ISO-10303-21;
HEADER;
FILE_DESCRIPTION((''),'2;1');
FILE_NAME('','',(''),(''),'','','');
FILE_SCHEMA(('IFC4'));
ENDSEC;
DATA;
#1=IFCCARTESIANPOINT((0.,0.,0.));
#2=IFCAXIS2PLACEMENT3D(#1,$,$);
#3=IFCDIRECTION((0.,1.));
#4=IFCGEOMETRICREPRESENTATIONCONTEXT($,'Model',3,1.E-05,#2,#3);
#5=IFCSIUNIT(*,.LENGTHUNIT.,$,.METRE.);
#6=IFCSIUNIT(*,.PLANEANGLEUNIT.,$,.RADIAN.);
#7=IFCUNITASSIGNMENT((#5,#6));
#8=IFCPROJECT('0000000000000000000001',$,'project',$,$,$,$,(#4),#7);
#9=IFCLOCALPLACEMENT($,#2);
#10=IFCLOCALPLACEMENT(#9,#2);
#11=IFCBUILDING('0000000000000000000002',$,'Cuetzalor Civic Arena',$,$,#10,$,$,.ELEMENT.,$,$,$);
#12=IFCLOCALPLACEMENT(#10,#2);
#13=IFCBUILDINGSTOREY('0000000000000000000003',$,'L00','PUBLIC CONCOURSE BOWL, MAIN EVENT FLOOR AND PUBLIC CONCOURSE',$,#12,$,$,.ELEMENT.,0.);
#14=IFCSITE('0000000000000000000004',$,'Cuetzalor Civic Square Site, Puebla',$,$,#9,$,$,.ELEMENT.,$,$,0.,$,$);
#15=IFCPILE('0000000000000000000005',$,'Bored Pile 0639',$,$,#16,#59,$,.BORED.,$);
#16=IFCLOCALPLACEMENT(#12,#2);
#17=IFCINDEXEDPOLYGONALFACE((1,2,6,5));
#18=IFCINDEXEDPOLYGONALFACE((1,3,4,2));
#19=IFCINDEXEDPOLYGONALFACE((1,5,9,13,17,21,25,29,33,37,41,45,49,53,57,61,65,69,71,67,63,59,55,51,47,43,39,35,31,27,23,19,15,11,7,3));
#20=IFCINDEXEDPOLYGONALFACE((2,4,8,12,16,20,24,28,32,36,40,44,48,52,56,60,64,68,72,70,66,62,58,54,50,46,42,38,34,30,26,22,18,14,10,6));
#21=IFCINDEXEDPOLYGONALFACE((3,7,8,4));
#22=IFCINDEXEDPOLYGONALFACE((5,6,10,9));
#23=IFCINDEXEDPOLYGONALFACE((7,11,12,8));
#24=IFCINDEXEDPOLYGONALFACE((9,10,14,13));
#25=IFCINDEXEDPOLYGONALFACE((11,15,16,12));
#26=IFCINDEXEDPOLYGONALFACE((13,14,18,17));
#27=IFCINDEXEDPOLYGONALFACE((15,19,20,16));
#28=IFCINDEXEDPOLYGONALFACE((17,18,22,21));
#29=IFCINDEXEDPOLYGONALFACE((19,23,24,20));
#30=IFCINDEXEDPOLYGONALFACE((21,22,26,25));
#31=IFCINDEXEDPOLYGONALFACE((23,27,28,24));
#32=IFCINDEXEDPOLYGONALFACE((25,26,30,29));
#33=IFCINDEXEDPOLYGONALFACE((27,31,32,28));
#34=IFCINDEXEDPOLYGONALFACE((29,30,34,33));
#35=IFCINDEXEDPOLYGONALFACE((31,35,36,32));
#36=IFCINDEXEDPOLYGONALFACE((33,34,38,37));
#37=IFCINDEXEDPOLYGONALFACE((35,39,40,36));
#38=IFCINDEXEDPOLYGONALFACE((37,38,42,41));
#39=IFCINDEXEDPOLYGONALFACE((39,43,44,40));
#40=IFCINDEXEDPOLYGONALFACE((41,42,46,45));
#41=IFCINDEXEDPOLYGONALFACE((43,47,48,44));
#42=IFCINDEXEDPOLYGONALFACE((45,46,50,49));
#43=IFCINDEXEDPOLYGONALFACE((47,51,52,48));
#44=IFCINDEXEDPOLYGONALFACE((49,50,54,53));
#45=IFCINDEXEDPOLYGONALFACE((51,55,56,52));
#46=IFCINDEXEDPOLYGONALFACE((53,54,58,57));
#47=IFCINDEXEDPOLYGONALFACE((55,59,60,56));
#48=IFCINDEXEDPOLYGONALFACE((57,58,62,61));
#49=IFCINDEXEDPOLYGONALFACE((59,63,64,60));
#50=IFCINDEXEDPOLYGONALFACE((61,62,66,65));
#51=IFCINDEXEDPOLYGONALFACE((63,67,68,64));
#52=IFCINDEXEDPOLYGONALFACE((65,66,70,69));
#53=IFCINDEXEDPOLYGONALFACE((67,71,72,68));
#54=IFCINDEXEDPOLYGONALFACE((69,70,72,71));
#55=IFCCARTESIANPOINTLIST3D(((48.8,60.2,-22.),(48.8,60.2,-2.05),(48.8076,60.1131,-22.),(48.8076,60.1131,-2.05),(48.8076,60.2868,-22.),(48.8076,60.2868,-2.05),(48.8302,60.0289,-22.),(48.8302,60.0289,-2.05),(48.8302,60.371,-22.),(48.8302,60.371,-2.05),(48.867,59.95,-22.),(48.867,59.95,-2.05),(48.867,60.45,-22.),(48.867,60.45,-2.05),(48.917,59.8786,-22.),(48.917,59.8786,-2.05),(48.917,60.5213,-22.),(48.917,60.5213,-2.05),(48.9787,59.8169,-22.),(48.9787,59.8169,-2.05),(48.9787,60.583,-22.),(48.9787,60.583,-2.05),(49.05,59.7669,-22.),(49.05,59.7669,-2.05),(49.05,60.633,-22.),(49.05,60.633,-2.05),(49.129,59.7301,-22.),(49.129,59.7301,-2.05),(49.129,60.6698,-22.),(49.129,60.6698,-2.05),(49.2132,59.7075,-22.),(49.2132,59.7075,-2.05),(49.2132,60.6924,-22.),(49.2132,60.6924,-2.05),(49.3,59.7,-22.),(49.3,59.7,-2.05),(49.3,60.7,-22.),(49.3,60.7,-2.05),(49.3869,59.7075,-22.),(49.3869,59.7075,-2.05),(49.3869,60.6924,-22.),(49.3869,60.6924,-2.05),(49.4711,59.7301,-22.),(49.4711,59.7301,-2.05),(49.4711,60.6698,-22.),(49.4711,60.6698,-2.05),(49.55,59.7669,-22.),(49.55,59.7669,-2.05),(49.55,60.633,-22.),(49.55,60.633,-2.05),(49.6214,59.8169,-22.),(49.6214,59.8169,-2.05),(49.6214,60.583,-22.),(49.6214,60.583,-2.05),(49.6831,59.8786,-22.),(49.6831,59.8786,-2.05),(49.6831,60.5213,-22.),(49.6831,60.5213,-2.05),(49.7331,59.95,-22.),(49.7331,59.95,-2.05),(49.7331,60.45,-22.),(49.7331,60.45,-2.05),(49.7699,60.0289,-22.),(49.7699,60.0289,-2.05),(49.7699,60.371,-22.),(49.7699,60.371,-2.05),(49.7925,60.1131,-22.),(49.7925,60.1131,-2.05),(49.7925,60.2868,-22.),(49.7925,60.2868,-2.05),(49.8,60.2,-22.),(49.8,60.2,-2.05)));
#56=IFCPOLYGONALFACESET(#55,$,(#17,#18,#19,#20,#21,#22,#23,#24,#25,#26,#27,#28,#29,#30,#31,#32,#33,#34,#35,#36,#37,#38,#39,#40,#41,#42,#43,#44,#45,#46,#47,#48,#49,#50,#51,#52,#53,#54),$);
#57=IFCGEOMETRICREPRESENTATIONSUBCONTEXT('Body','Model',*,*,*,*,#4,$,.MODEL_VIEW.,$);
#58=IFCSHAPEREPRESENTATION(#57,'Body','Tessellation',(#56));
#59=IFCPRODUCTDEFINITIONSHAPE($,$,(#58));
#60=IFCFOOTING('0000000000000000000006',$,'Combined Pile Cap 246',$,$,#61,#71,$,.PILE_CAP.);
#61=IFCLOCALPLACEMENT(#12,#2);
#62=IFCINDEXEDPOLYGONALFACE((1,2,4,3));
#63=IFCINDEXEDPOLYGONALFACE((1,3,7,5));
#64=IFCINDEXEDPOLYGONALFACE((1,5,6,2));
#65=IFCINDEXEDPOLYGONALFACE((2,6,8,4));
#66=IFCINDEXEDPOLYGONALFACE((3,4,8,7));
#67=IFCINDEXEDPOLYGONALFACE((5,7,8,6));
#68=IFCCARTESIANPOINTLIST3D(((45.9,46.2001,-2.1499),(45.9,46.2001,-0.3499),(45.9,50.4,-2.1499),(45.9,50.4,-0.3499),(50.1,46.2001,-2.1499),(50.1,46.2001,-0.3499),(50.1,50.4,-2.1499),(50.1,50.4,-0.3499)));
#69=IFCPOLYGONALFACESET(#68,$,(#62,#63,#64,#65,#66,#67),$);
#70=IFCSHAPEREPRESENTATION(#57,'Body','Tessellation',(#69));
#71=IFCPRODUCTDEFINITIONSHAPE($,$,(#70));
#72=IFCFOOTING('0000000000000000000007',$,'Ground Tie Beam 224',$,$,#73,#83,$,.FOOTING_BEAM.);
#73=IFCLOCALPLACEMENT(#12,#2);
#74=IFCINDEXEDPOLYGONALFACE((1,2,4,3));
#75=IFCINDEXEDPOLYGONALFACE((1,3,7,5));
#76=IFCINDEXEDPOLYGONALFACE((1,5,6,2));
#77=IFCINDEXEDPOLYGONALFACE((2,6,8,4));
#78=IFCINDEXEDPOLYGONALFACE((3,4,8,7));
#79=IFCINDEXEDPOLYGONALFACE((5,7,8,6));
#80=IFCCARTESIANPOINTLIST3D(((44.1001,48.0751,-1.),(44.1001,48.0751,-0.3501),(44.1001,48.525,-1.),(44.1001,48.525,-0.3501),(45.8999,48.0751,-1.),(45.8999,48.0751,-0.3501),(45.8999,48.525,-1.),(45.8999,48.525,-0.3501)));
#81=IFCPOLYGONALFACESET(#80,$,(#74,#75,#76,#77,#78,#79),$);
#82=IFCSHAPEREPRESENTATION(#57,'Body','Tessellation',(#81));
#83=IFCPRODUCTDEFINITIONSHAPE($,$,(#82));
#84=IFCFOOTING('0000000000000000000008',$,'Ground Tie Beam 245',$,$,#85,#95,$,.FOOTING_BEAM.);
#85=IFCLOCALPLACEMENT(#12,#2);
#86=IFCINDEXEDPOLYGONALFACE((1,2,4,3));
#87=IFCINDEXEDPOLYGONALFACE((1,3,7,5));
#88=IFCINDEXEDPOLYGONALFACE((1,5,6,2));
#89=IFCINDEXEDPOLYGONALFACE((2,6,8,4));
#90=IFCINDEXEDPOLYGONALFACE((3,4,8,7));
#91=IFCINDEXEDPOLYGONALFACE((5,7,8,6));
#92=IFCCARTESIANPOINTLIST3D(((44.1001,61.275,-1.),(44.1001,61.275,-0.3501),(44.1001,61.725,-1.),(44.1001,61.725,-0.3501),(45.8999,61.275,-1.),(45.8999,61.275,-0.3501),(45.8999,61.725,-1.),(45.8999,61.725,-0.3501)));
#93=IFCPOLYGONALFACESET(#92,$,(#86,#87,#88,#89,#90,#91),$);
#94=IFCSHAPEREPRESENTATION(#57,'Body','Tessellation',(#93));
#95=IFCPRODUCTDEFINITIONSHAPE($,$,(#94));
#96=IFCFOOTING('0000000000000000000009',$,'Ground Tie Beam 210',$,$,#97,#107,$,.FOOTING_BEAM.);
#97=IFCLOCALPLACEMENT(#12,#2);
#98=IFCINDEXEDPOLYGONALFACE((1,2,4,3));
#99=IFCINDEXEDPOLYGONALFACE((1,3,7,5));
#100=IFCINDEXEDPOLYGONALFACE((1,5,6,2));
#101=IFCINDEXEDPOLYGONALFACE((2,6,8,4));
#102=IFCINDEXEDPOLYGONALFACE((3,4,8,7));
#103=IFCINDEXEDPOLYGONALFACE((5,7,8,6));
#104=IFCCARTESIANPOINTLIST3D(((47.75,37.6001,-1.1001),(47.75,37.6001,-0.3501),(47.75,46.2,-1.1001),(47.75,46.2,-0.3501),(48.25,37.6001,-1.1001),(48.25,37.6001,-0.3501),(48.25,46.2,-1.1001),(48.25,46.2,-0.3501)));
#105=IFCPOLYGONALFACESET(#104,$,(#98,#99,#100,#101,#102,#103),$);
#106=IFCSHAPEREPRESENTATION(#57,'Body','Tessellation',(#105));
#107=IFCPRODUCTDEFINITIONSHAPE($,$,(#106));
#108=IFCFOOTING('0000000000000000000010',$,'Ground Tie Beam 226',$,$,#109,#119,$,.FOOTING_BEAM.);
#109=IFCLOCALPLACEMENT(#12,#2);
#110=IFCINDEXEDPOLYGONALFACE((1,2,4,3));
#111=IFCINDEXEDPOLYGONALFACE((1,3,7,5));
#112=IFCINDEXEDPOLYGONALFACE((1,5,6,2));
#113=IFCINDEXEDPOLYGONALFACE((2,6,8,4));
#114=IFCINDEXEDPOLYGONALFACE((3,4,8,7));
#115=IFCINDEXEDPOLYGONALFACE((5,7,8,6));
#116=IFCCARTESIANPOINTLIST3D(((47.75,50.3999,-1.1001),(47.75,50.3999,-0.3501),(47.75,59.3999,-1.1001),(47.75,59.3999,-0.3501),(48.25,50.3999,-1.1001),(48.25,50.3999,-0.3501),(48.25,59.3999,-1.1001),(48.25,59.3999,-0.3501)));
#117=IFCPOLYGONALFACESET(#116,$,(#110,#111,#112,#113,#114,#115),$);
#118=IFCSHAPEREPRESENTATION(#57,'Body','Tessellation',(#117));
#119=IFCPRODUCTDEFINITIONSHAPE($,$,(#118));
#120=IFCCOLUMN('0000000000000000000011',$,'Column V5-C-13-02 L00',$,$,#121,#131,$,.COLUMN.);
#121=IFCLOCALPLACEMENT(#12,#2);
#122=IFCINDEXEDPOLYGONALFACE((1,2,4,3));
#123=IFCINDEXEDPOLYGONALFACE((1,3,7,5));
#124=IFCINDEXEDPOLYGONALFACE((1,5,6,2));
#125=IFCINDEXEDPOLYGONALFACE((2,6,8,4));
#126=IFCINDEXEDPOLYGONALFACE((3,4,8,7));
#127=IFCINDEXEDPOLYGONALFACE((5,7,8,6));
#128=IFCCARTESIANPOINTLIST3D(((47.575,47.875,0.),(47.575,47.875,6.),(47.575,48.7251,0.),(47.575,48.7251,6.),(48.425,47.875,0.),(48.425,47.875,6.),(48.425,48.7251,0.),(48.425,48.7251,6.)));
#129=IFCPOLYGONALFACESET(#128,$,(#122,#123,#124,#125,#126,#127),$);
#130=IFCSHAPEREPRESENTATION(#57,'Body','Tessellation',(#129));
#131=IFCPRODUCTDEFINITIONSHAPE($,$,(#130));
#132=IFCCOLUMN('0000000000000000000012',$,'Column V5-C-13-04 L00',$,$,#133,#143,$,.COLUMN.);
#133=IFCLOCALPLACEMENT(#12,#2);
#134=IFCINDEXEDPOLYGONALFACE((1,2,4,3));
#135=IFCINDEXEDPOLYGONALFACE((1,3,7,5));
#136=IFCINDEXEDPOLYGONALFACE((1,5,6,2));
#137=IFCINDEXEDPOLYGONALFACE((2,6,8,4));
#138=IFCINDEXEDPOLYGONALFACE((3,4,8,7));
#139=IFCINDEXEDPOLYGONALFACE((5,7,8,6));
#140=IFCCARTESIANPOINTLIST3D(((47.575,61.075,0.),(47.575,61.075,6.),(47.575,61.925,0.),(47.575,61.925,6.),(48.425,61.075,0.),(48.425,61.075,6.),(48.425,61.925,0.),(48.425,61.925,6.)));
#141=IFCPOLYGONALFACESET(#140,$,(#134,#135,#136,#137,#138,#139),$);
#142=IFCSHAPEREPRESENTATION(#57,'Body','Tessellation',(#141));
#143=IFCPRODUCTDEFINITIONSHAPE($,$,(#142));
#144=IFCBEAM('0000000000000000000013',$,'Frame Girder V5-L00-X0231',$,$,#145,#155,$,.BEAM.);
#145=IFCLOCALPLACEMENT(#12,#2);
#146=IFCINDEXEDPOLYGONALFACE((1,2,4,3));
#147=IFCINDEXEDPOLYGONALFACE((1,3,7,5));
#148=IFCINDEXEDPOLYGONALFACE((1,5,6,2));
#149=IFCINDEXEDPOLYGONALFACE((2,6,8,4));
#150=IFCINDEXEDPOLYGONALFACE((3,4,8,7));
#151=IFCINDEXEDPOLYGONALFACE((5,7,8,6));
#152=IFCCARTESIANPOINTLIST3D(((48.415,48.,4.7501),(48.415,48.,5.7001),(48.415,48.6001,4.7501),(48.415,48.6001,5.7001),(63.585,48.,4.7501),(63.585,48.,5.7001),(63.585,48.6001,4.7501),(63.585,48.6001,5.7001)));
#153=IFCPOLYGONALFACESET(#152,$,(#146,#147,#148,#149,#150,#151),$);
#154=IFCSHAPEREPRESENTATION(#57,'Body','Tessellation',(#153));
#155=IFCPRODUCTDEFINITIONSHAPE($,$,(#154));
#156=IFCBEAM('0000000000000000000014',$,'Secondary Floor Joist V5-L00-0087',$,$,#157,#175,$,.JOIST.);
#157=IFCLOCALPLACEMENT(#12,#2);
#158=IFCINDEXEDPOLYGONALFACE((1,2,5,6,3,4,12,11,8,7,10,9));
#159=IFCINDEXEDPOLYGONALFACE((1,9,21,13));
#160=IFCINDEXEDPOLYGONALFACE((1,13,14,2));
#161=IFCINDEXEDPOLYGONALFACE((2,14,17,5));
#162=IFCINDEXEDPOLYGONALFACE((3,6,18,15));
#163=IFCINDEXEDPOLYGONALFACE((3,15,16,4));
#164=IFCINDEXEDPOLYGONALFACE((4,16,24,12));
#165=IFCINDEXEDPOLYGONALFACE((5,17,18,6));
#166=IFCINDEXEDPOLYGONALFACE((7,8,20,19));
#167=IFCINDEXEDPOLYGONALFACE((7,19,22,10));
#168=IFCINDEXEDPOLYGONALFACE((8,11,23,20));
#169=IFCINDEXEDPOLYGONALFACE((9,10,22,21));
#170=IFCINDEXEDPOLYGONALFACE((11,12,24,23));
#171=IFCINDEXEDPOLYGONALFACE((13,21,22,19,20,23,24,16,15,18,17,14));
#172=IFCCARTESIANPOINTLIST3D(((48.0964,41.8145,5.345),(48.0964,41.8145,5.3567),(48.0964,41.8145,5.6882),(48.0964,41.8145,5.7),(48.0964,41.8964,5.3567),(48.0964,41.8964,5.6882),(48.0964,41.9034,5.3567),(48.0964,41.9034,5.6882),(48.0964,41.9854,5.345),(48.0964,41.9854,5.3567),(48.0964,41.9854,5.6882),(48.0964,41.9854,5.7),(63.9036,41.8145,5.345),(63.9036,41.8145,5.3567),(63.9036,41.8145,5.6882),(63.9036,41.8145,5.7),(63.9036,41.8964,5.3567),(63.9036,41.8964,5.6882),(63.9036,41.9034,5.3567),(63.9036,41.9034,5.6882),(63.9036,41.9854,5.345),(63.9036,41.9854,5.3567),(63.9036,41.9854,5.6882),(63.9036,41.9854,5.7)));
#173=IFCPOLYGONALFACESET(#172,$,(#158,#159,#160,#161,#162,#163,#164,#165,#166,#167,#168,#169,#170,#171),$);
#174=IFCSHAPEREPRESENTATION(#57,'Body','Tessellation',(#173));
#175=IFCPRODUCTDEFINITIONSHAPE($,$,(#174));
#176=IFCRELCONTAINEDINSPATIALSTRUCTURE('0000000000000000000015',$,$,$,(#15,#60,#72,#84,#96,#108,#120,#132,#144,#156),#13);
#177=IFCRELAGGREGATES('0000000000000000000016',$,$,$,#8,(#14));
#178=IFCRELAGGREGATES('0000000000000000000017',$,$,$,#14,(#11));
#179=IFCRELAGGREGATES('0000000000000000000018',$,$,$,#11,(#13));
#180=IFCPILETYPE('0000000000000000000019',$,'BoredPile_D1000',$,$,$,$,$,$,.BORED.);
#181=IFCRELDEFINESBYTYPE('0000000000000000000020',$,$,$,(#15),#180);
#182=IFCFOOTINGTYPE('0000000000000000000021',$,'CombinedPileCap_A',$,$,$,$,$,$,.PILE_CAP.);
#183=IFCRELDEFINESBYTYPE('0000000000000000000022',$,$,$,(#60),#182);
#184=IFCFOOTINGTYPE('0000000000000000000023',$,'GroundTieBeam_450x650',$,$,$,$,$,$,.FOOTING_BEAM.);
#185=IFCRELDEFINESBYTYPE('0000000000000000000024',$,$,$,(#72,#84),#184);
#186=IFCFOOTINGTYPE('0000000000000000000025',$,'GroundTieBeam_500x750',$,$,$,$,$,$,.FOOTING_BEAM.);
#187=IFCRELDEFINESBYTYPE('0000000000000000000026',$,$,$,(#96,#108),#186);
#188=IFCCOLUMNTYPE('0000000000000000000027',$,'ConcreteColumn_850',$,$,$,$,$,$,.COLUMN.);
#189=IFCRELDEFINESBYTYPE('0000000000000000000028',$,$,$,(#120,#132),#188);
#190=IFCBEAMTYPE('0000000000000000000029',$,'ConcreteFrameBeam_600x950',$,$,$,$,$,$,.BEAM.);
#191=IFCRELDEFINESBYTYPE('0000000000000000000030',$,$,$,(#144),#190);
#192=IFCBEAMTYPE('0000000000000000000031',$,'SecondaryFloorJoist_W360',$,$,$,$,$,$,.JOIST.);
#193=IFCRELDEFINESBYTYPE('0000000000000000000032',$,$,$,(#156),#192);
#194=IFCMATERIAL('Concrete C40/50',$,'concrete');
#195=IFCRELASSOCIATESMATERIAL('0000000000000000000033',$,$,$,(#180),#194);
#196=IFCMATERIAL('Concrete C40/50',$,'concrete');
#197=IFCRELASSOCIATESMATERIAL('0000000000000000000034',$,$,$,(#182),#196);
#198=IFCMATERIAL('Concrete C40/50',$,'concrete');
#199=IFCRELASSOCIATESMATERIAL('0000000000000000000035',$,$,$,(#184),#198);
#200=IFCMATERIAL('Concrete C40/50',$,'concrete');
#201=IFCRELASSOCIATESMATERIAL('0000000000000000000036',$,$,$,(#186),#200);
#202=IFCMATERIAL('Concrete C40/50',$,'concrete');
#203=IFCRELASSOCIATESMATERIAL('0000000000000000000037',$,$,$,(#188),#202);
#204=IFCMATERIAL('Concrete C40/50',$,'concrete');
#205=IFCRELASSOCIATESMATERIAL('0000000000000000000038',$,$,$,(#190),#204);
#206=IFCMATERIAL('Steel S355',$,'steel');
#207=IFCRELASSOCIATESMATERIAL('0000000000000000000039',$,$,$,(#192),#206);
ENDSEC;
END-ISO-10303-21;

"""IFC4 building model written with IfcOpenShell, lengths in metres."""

from ifc_helpers import new_model, si_unit, direction, frame, origin, origin_2d, place, context, subcontext, project, spatial, rectangle, circle, i_section, extrude, material, material_profile, profile_set, type_object, element, save


model = new_model("IFC4")

# Units and contexts
model_context = context("Model", 3, precision=1e-05, world=origin(), true_north=direction((0.0, 1.0)))
body_context = subcontext(model_context, "Body", "Model", "MODEL_VIEW")
ifc_project = project(units=[si_unit("LENGTHUNIT", "METRE"), si_unit("PLANEANGLEUNIT", "RADIAN")], contexts=[model_context])

# Site, building, storey
site_placement = place(None, origin())
site = spatial("IfcSite", under=ifc_project, at=site_placement, Name="Cuetzalor Civic Square Site, Puebla", CompositionType="ELEMENT", RefElevation=0.0)
building_placement = place(site_placement, origin())
building = spatial("IfcBuilding", under=site, at=building_placement, Name="Cuetzalor Civic Arena", CompositionType="ELEMENT")
storey_placement = place(building_placement, origin())
storey = spatial("IfcBuildingStorey", under=building, at=storey_placement, Name="L00", Description="PUBLIC CONCOURSE BOWL, MAIN EVENT FLOOR AND PUBLIC CONCOURSE", CompositionType="ELEMENT", Elevation=0.0)

# Pile
ifc_material_1 = material(Name="Concrete C40/50", Category="concrete")
ifc_material_profile_1 = material_profile(ifc_material_1, circle(Radius=0.5, at=origin_2d()), Name="BORED PILE D1000")
ifc_profile_set_1 = profile_set([ifc_material_profile_1], Name="Concrete C40/50")
pile_type = type_object("IfcPileType", Name="BoredPile_D1000", PredefinedType="BORED", material=ifc_profile_set_1)
for number, where, z_axis, x_axis, name in (
    (1, (49.3, 60.2, -2.05), (0.0, 0.0, -1.0), (1.0, 0.0, 0.0), "Bored Pile 0639"),
):
    element("IfcPile", number, at=place(storey_placement, frame(where, z_axis=z_axis, x_axis=x_axis)), inside=storey, type_object=pile_type, Name=name, PredefinedType="BORED", context=body_context, shape_type="SweptSolid", body=[
        extrude(circle(Radius=0.5, at=origin_2d()), origin(), (0.0, 0.0, 1.0), 19.95),
    ])

# Footings
ifc_material_2 = material(Name="Concrete C40/50", Category="concrete")
footing_type_1 = type_object("IfcFootingType", Name="CombinedPileCap_A", PredefinedType="PILE_CAP", material=ifc_material_2)
footing_1_placement = place(storey_placement, frame((48.0, 48.3, -2.1499), z_axis=(0.0, 0.0, 1.0), x_axis=(1.0, 0.0, 0.0)))
element("IfcFooting", 2, at=footing_1_placement, inside=storey, type_object=footing_type_1, Name="Combined Pile Cap 246", PredefinedType="PILE_CAP", context=body_context, shape_type="SweptSolid", body=[
    extrude(rectangle(XDim=4.2, YDim=4.2, at=origin_2d()), origin(), (0.0, 0.0, 1.0), 1.8),
])
ifc_material_3 = material(Name="Concrete C40/50", Category="concrete")
ifc_material_profile_2 = material_profile(ifc_material_3, rectangle(XDim=0.45, YDim=0.6499, at=origin_2d()), Name="RC 450x650")
ifc_profile_set_2 = profile_set([ifc_material_profile_2], Name="Concrete C40/50")
footing_type_2 = type_object("IfcFootingType", Name="GroundTieBeam_450x650", PredefinedType="FOOTING_BEAM", material=ifc_profile_set_2)
for number, where, z_axis, x_axis, name in (
    (3, (44.1001, 48.3, -0.675), (1.0, 0.0, 0.0), (0.0, 1.0, 0.0), "Ground Tie Beam 224"),
    (4, (44.1001, 61.5, -0.675), (1.0, 0.0, 0.0), (0.0, 1.0, 0.0), "Ground Tie Beam 245"),
):
    element("IfcFooting", number, at=place(storey_placement, frame(where, z_axis=z_axis, x_axis=x_axis)), inside=storey, type_object=footing_type_2, Name=name, PredefinedType="FOOTING_BEAM", context=body_context, shape_type="SweptSolid", body=[
        extrude(rectangle(XDim=0.45, YDim=0.6499, at=origin_2d()), origin(), (0.0, 0.0, 1.0), 1.7998),
    ])
ifc_material_4 = material(Name="Concrete C40/50", Category="concrete")
ifc_material_profile_3 = material_profile(ifc_material_4, rectangle(XDim=0.5, YDim=0.75, at=origin_2d()), Name="RC 500x750")
ifc_profile_set_3 = profile_set([ifc_material_profile_3], Name="Concrete C40/50")
footing_type_3 = type_object("IfcFootingType", Name="GroundTieBeam_500x750", PredefinedType="FOOTING_BEAM", material=ifc_profile_set_3)
footing_2_placement = place(storey_placement, frame((48.0, 37.6001, -0.7251), z_axis=(0.0, 1.0, 0.0), x_axis=(-1.0, 0.0, 0.0)))
element("IfcFooting", 5, at=footing_2_placement, inside=storey, type_object=footing_type_3, Name="Ground Tie Beam 210", PredefinedType="FOOTING_BEAM", context=body_context, shape_type="SweptSolid", body=[
    extrude(rectangle(XDim=0.5, YDim=0.75, at=origin_2d()), origin(), (0.0, 0.0, 1.0), 8.5999),
])
footing_3_placement = place(storey_placement, frame((48.0, 50.3999, -0.7251), z_axis=(0.0, 1.0, 0.0), x_axis=(-1.0, 0.0, 0.0)))
element("IfcFooting", 6, at=footing_3_placement, inside=storey, type_object=footing_type_3, Name="Ground Tie Beam 226", PredefinedType="FOOTING_BEAM", context=body_context, shape_type="SweptSolid", body=[
    extrude(rectangle(XDim=0.5, YDim=0.75, at=origin_2d()), origin(), (0.0, 0.0, 1.0), 9.0),
])

# Columns
ifc_material_5 = material(Name="Concrete C40/50", Category="concrete")
ifc_material_profile_4 = material_profile(ifc_material_5, rectangle(XDim=0.8501, YDim=0.8501, at=origin_2d()), Name="RC 850x850")
ifc_profile_set_4 = profile_set([ifc_material_profile_4], Name="Concrete C40/50")
column_type = type_object("IfcColumnType", Name="ConcreteColumn_850", PredefinedType="COLUMN", material=ifc_profile_set_4)
for number, where, z_axis, x_axis, name in (
    (7, (48.0, 48.3, 0.0), (0.0, 0.0, 1.0), (1.0, 0.0, 0.0), "Column V5-C-13-02 L00"),
    (8, (48.0, 61.5, 0.0), (0.0, 0.0, 1.0), (1.0, 0.0, 0.0), "Column V5-C-13-04 L00"),
):
    element("IfcColumn", number, at=place(storey_placement, frame(where, z_axis=z_axis, x_axis=x_axis)), inside=storey, type_object=column_type, Name=name, PredefinedType="COLUMN", context=body_context, shape_type="SweptSolid", body=[
        extrude(rectangle(XDim=0.8501, YDim=0.8501, at=origin_2d()), origin(), (0.0, 0.0, 1.0), 6.0),
    ])

# Beams
ifc_material_6 = material(Name="Concrete C40/50", Category="concrete")
ifc_material_profile_5 = material_profile(ifc_material_6, rectangle(XDim=0.6001, YDim=0.95, at=origin_2d()), Name="RC 600x950")
ifc_profile_set_5 = profile_set([ifc_material_profile_5], Name="Concrete C40/50")
beam_type_1 = type_object("IfcBeamType", Name="ConcreteFrameBeam_600x950", PredefinedType="BEAM", material=ifc_profile_set_5)
beam_1_placement = place(storey_placement, frame((48.415, 48.3, 5.2251), z_axis=(1.0, 0.0, 0.0), x_axis=(0.0, 1.0, 0.0)))
element("IfcBeam", 9, at=beam_1_placement, inside=storey, type_object=beam_type_1, Name="Frame Girder V5-L00-X0231", PredefinedType="BEAM", context=body_context, shape_type="SweptSolid", body=[
    extrude(rectangle(XDim=0.6001, YDim=0.95, at=origin_2d()), origin(), (0.0, 0.0, 1.0), 15.1699),
])
ifc_material_7 = material(Name="Steel S355", Category="steel")
ifc_material_profile_6 = material_profile(ifc_material_7, i_section(OverallWidth=0.1709, OverallDepth=0.355, WebThickness=0.0071, FlangeThickness=0.0117, at=origin_2d()), Name="W360x51")
ifc_profile_set_6 = profile_set([ifc_material_profile_6], Name="Steel S355")
beam_type_2 = type_object("IfcBeamType", Name="SecondaryFloorJoist_W360", PredefinedType="JOIST", material=ifc_profile_set_6)
for number, where, z_axis, x_axis, name in (
    (10, (48.0964, 41.8999, 5.5225), (1.0, 0.0, 0.0), (0.0, 1.0, 0.0), "Secondary Floor Joist V5-L00-0087"),
):
    element("IfcBeam", number, at=place(storey_placement, frame(where, z_axis=z_axis, x_axis=x_axis)), inside=storey, type_object=beam_type_2, Name=name, PredefinedType="JOIST", context=body_context, shape_type="SweptSolid", body=[
        extrude(i_section(OverallWidth=0.1709, OverallDepth=0.355, WebThickness=0.0071, FlangeThickness=0.0117, at=origin_2d()), origin(), (0.0, 0.0, 1.0), 15.8071),
    ])

save(model, "model.ifc")
